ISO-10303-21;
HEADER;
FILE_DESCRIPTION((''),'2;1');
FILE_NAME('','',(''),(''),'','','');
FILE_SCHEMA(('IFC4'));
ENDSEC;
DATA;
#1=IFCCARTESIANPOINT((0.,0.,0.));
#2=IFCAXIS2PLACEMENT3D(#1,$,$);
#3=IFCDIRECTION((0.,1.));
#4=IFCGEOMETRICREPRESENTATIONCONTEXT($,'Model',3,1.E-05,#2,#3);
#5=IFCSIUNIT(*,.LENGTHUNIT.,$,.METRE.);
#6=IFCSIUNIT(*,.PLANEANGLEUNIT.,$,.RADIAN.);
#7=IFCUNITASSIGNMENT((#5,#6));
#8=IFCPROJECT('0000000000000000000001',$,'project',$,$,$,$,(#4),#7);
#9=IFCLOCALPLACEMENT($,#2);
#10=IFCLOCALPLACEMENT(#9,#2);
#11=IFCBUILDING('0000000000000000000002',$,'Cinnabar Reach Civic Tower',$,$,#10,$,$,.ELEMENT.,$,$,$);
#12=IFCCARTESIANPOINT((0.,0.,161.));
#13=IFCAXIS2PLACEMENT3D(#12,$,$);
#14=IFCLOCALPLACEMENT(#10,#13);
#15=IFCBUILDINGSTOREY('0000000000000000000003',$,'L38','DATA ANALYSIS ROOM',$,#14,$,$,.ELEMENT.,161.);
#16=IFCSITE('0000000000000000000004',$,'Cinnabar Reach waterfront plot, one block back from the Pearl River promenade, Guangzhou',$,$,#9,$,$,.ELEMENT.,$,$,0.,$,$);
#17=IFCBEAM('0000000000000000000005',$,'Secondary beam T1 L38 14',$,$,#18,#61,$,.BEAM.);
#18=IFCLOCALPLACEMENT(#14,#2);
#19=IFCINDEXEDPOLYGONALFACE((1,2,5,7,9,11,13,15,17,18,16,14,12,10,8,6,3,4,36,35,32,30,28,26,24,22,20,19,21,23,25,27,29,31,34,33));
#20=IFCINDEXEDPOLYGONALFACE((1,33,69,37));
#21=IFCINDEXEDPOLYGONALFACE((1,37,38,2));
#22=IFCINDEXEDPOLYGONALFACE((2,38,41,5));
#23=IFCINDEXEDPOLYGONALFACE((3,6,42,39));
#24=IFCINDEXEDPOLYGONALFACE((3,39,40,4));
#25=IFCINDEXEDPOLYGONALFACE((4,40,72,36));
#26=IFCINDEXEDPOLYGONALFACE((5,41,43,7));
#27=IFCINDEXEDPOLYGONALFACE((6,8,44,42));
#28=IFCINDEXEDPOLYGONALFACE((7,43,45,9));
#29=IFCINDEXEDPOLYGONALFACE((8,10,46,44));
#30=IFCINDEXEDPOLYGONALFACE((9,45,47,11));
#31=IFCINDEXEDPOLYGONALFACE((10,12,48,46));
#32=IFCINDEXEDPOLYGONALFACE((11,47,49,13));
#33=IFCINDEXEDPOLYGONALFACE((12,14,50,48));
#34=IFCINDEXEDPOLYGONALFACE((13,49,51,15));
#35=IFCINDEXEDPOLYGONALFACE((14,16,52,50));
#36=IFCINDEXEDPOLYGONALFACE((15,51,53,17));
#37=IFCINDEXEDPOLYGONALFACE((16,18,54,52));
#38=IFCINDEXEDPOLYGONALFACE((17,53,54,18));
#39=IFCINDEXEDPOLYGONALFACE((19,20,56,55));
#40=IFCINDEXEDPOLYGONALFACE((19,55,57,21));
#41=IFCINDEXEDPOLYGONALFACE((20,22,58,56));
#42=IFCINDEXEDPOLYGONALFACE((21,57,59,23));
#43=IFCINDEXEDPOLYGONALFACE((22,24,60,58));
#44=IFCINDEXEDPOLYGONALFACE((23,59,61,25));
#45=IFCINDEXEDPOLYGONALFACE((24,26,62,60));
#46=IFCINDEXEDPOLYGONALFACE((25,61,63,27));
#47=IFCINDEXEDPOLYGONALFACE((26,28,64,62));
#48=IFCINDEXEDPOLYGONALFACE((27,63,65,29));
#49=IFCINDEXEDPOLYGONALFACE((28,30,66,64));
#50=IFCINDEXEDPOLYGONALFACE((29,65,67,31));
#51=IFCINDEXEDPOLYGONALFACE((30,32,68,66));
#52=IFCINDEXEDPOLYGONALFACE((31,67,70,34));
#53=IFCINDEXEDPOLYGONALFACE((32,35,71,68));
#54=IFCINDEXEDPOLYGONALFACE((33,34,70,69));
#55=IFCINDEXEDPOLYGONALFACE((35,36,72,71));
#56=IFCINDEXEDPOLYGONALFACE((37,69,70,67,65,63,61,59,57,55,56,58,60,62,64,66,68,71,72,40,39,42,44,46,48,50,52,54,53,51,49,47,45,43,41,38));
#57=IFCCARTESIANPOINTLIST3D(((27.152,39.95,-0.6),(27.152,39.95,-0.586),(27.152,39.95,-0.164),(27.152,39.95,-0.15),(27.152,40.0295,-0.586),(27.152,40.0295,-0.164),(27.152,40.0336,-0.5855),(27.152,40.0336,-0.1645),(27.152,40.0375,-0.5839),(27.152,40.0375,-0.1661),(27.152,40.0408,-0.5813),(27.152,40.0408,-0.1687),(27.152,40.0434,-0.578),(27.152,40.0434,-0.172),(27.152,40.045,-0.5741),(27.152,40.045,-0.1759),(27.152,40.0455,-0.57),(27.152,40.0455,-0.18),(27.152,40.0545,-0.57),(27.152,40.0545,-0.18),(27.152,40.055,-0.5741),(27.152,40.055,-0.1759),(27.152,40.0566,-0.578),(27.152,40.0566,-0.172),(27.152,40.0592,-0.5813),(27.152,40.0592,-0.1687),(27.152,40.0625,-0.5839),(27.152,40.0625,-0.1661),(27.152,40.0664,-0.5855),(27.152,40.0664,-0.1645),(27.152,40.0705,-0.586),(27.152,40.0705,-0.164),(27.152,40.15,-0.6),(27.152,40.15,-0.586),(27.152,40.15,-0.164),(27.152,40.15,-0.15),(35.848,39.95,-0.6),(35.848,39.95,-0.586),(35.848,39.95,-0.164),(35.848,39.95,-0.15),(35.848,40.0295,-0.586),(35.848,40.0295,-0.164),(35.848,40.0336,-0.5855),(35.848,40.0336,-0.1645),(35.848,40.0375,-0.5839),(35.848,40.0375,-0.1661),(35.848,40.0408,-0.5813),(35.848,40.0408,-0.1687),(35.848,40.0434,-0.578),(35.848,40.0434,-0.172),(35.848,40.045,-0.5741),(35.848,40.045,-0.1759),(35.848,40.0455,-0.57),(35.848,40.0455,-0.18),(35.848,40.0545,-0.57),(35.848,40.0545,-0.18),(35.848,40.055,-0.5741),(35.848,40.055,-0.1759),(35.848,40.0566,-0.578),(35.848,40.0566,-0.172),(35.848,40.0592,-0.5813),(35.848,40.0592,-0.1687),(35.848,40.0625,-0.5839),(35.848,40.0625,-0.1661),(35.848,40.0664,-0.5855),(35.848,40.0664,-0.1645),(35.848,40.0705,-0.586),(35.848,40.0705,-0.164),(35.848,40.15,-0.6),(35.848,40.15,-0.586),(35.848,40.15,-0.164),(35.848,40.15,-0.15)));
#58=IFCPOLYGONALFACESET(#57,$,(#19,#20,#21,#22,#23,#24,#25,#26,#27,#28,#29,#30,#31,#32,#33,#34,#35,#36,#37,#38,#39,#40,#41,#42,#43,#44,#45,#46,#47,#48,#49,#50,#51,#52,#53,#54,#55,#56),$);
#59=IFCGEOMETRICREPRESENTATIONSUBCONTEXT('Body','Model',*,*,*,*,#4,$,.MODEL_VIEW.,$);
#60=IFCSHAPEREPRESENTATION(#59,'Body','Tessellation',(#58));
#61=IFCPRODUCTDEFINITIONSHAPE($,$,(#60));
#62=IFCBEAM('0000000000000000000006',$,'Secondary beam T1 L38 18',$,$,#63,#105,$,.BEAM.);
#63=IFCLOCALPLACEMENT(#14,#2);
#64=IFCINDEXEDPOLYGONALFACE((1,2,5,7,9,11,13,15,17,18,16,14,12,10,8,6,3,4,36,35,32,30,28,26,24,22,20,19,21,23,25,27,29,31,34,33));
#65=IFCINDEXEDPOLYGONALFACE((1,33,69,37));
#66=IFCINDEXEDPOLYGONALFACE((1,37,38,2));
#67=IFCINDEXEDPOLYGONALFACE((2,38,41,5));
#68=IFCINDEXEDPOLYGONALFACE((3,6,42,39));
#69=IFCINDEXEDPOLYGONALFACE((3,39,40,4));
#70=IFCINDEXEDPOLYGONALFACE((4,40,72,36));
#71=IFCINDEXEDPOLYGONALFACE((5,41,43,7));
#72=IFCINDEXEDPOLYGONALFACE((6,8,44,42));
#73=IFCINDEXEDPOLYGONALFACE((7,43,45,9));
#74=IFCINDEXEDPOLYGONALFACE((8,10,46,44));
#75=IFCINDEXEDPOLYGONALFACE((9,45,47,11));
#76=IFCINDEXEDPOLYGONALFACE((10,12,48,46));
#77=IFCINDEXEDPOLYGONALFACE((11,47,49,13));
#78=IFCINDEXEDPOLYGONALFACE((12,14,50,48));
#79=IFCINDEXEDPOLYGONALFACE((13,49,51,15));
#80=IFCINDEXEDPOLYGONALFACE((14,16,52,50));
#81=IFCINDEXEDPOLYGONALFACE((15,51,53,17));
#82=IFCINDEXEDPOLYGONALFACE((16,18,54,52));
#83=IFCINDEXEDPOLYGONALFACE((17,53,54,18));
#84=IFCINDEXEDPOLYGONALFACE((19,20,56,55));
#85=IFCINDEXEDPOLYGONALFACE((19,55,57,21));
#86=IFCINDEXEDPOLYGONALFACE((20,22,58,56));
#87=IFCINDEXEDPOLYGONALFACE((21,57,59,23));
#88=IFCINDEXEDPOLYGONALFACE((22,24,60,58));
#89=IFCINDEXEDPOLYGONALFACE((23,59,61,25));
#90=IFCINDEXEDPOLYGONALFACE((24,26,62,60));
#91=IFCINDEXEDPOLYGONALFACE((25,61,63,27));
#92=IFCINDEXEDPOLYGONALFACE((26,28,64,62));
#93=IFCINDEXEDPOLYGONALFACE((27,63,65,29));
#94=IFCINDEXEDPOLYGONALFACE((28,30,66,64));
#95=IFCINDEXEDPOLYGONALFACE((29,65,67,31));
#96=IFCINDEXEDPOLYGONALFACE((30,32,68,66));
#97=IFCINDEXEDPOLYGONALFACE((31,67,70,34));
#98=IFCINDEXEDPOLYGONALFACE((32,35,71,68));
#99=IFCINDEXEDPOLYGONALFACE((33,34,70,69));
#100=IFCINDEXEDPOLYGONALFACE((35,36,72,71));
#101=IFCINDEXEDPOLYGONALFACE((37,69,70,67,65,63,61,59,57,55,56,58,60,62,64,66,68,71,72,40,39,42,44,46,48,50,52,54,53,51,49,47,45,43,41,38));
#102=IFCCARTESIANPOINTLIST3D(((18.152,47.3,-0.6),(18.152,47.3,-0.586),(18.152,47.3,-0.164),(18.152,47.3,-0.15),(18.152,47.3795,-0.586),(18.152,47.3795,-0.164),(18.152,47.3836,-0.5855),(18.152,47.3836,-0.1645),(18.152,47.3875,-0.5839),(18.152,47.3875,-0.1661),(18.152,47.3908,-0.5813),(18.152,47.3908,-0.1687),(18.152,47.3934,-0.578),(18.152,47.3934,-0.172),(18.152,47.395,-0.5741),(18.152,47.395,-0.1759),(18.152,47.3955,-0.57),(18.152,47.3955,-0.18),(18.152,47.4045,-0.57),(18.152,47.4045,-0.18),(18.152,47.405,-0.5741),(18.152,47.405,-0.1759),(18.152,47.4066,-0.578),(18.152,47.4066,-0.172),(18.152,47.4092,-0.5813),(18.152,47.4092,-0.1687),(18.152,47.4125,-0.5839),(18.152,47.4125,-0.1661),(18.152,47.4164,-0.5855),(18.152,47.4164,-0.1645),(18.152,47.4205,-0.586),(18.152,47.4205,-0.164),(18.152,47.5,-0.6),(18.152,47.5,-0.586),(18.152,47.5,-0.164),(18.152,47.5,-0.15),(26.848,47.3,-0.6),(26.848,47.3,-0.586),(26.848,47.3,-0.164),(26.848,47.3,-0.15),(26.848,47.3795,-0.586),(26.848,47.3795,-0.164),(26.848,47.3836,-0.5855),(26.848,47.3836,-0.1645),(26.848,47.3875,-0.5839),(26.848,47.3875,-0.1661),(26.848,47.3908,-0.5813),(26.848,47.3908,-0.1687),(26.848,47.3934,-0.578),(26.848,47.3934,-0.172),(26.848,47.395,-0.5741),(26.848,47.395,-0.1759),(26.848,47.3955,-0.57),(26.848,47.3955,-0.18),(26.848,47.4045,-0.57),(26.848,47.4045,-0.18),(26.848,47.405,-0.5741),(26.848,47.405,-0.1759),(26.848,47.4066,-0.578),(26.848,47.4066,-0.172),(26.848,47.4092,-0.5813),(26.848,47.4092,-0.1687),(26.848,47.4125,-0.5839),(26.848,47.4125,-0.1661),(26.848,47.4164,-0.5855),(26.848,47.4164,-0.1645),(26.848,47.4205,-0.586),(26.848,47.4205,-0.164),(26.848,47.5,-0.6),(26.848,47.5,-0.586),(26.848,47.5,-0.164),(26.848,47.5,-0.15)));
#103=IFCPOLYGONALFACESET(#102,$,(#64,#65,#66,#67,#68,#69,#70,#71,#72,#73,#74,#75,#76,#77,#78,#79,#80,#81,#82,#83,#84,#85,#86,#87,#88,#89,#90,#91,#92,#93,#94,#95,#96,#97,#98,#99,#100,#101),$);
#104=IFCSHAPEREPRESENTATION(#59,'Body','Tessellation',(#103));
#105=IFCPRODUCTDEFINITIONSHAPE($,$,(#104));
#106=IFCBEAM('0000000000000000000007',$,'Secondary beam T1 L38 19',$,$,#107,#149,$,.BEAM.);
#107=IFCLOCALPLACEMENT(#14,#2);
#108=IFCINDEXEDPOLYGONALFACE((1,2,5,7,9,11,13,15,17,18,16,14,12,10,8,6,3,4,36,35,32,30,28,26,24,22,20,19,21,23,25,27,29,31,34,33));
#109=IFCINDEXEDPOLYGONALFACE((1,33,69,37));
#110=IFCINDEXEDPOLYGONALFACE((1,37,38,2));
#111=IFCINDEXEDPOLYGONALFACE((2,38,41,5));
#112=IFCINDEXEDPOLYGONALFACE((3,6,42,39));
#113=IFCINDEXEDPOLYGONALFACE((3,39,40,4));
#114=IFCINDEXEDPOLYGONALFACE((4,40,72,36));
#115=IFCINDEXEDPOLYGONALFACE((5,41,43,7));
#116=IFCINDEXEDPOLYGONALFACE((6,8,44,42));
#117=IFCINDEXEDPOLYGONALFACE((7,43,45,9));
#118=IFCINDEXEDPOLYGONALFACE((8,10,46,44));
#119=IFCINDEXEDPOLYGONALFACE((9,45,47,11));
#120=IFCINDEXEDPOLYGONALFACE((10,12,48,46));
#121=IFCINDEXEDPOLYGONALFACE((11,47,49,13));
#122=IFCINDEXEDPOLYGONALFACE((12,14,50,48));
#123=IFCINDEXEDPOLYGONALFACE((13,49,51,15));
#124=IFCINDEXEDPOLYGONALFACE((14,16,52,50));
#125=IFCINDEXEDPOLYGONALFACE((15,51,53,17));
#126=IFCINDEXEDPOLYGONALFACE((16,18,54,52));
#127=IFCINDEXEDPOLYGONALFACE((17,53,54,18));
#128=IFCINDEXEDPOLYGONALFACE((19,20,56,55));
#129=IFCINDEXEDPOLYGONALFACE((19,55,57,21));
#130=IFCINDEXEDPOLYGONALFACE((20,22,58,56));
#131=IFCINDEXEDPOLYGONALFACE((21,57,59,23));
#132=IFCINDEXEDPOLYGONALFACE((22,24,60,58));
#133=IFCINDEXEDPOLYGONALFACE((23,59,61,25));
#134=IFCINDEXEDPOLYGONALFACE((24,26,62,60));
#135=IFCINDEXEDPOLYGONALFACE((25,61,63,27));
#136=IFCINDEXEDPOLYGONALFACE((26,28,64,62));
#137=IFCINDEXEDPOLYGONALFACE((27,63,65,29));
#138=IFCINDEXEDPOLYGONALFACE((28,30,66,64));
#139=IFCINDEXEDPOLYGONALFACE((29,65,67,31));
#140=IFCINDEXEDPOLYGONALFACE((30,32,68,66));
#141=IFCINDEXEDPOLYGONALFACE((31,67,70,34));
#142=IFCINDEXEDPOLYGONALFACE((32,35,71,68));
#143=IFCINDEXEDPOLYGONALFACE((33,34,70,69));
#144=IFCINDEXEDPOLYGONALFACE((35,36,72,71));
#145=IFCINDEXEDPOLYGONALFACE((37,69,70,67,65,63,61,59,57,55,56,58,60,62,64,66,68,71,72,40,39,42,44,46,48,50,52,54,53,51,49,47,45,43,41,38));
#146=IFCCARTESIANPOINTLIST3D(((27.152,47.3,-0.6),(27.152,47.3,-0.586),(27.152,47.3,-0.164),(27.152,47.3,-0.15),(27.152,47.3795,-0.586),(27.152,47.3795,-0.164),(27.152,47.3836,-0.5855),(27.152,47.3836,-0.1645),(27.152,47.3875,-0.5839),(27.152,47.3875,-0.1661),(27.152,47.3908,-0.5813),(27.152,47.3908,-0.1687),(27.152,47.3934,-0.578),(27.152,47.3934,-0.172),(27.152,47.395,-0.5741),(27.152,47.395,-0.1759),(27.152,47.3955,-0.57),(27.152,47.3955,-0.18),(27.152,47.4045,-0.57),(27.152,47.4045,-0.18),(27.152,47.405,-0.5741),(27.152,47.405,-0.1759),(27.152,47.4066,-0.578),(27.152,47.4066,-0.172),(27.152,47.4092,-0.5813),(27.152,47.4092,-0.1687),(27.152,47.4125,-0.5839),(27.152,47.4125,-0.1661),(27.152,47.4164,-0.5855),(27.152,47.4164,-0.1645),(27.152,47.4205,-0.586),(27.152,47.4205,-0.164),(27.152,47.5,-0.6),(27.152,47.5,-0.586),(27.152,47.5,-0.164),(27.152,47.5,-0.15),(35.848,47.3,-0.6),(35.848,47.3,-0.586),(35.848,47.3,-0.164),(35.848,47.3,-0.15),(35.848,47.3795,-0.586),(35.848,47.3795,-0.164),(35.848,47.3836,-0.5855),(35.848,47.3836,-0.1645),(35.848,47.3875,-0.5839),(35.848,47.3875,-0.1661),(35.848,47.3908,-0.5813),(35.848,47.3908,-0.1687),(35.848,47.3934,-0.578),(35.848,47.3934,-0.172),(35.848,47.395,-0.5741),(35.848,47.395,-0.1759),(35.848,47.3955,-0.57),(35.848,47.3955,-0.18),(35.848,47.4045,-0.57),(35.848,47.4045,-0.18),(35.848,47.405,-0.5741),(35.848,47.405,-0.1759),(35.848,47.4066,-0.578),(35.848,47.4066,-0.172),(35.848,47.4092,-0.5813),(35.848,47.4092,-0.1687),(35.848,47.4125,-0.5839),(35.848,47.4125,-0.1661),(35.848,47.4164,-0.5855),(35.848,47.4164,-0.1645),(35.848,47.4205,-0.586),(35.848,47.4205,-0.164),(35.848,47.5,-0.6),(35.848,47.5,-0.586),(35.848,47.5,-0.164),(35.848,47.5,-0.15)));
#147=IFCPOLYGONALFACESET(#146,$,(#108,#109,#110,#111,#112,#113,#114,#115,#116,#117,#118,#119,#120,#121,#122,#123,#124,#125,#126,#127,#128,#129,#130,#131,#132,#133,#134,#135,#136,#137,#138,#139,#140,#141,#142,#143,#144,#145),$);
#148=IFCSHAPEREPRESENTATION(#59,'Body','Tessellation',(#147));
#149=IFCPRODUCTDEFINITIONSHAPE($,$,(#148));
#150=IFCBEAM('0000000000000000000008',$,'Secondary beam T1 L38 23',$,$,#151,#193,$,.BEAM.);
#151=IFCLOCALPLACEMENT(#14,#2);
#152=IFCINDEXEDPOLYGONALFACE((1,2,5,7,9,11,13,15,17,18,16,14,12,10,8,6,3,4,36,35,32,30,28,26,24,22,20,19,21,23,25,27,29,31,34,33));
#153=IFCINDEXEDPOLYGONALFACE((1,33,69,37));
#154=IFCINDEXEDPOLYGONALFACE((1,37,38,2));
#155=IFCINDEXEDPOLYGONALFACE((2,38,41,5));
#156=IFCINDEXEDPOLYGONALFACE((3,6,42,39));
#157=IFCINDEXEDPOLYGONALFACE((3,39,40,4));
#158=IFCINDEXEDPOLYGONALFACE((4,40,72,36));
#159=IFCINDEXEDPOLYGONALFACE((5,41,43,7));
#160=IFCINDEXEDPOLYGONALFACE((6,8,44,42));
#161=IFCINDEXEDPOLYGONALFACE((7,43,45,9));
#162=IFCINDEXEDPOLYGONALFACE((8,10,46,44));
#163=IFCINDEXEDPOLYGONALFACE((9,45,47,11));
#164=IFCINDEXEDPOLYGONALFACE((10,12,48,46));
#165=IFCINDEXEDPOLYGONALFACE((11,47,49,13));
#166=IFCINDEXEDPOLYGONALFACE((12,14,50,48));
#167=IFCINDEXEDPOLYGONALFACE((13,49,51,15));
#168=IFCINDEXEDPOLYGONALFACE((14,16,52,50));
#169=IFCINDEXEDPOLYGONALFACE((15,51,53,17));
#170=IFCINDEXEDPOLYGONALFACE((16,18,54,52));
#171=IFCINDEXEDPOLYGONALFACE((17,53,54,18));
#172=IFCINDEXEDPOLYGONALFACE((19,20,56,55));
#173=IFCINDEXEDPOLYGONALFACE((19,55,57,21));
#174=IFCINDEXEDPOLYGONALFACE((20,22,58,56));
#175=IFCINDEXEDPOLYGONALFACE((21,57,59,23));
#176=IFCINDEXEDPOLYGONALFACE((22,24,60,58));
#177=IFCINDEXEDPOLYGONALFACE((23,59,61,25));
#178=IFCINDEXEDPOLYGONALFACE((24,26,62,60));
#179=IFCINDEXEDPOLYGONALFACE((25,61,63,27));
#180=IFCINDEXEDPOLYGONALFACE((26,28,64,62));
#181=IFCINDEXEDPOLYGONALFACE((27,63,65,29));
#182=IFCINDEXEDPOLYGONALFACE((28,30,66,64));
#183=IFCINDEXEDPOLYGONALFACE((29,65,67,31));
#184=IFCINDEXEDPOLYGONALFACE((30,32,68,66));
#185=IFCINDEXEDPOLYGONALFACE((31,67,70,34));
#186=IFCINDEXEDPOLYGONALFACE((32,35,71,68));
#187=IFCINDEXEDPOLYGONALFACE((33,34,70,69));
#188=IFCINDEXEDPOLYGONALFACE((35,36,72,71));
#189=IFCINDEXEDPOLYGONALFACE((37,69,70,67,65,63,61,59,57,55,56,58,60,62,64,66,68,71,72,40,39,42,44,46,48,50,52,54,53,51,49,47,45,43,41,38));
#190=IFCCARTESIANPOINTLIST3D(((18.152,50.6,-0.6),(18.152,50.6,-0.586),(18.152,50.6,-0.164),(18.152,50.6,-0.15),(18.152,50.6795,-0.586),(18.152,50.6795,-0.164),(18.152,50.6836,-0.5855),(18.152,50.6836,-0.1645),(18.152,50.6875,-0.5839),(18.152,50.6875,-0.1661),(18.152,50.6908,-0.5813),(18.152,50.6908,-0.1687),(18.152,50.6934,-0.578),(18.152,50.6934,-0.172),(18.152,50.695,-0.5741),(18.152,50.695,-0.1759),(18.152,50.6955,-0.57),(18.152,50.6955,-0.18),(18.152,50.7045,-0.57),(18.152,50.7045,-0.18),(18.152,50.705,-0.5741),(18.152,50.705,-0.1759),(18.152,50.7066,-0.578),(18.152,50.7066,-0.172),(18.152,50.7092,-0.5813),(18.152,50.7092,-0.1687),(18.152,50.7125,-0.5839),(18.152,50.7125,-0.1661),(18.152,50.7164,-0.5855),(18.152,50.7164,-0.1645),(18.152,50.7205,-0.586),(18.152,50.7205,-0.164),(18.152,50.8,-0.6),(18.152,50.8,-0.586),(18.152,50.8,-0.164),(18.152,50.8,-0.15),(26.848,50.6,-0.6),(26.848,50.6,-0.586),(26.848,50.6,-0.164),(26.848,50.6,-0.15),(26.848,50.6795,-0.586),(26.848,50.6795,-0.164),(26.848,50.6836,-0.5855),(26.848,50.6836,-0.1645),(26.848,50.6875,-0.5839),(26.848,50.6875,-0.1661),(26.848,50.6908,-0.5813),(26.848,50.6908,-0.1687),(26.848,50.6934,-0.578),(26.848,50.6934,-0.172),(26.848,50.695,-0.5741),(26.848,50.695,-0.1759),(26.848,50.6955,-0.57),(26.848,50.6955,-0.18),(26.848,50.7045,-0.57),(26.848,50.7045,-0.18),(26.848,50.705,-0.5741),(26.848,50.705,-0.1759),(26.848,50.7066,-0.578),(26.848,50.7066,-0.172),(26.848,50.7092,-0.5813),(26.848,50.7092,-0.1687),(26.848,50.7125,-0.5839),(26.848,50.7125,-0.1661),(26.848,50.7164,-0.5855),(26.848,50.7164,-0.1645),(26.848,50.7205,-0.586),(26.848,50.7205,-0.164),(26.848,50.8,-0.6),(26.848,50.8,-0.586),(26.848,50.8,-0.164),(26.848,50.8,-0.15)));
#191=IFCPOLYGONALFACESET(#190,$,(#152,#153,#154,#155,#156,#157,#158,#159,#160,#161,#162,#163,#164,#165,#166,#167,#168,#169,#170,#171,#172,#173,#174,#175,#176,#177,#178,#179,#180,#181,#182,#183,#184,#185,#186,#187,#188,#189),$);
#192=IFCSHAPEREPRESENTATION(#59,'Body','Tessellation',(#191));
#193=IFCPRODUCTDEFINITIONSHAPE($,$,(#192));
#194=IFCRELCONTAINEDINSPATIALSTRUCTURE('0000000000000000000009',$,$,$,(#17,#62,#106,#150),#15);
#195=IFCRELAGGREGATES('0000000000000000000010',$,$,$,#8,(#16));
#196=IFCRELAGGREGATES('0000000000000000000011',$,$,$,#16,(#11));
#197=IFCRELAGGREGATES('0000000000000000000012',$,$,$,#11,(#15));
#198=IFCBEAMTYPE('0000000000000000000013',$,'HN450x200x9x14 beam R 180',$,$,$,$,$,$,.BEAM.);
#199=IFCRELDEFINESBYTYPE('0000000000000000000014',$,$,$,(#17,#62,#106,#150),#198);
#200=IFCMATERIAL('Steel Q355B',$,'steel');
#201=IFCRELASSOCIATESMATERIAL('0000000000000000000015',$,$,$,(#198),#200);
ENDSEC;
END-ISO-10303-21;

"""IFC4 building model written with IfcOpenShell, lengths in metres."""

from ifc_helpers import new_model, si_unit, direction, frame, origin, origin_2d, place, context, subcontext, project, spatial, i_section, extrude, material, material_profile, profile_set, type_object, element, save


model = new_model("IFC4")

# Units and contexts
model_context = context("Model", 3, precision=1e-05, world=origin(), true_north=direction((0.0, 1.0)))
body_context = subcontext(model_context, "Body", "Model", "MODEL_VIEW")
ifc_project = project(units=[si_unit("LENGTHUNIT", "METRE"), si_unit("PLANEANGLEUNIT", "RADIAN")], contexts=[model_context])

# Site, building, storey
site_placement = place(None, origin())
site = spatial("IfcSite", under=ifc_project, at=site_placement, Name="Cinnabar Reach waterfront plot, one block back from the Pearl River promenade, Guangzhou", CompositionType="ELEMENT", RefElevation=0.0)
building_placement = place(site_placement, origin())
building = spatial("IfcBuilding", under=site, at=building_placement, Name="Cinnabar Reach Civic Tower", CompositionType="ELEMENT")
storey_placement = place(building_placement, frame((0.0, 0.0, 161.0)))
storey = spatial("IfcBuildingStorey", under=building, at=storey_placement, Name="L38", Description="DATA ANALYSIS ROOM", CompositionType="ELEMENT", Elevation=161.0)

# Beams
ifc_material_1 = material(Name="Steel Q355B", Category="steel")
ifc_material_profile_1 = material_profile(ifc_material_1, i_section(OverallWidth=0.2, OverallDepth=0.45, WebThickness=0.009, FlangeThickness=0.014, FilletRadius=0.016, at=origin_2d()), Name="HN450x200x9x14")
ifc_profile_set_1 = profile_set([ifc_material_profile_1], Name="Steel Q355B")
beam_type_1 = type_object("IfcBeamType", Name="HN450x200x9x14 beam R 180", PredefinedType="BEAM", material=ifc_profile_set_1)
for number, where, z_axis, x_axis, name in (
    (1, (27.152, 40.05, -0.375), (1.0, 0.0, 0.0), (0.0, 1.0, 0.0), "Secondary beam T1 L38 14"),
    (2, (18.152, 47.4, -0.375), (1.0, 0.0, 0.0), (0.0, 1.0, 0.0), "Secondary beam T1 L38 18"),
    (3, (27.152, 47.4, -0.375), (1.0, 0.0, 0.0), (0.0, 1.0, 0.0), "Secondary beam T1 L38 19"),
    (4, (18.152, 50.7, -0.375), (1.0, 0.0, 0.0), (0.0, 1.0, 0.0), "Secondary beam T1 L38 23"),
):
    element("IfcBeam", number, at=place(storey_placement, frame(where, z_axis=z_axis, x_axis=x_axis)), inside=storey, type_object=beam_type_1, Name=name, PredefinedType="BEAM", context=body_context, shape_type="SweptSolid", body=[
        extrude(i_section(OverallWidth=0.2, OverallDepth=0.45, WebThickness=0.009, FlangeThickness=0.014, FilletRadius=0.016, at=origin_2d()), origin(), (0.0, 0.0, 1.0), 8.696),
    ])

save(model, "model.ifc")
